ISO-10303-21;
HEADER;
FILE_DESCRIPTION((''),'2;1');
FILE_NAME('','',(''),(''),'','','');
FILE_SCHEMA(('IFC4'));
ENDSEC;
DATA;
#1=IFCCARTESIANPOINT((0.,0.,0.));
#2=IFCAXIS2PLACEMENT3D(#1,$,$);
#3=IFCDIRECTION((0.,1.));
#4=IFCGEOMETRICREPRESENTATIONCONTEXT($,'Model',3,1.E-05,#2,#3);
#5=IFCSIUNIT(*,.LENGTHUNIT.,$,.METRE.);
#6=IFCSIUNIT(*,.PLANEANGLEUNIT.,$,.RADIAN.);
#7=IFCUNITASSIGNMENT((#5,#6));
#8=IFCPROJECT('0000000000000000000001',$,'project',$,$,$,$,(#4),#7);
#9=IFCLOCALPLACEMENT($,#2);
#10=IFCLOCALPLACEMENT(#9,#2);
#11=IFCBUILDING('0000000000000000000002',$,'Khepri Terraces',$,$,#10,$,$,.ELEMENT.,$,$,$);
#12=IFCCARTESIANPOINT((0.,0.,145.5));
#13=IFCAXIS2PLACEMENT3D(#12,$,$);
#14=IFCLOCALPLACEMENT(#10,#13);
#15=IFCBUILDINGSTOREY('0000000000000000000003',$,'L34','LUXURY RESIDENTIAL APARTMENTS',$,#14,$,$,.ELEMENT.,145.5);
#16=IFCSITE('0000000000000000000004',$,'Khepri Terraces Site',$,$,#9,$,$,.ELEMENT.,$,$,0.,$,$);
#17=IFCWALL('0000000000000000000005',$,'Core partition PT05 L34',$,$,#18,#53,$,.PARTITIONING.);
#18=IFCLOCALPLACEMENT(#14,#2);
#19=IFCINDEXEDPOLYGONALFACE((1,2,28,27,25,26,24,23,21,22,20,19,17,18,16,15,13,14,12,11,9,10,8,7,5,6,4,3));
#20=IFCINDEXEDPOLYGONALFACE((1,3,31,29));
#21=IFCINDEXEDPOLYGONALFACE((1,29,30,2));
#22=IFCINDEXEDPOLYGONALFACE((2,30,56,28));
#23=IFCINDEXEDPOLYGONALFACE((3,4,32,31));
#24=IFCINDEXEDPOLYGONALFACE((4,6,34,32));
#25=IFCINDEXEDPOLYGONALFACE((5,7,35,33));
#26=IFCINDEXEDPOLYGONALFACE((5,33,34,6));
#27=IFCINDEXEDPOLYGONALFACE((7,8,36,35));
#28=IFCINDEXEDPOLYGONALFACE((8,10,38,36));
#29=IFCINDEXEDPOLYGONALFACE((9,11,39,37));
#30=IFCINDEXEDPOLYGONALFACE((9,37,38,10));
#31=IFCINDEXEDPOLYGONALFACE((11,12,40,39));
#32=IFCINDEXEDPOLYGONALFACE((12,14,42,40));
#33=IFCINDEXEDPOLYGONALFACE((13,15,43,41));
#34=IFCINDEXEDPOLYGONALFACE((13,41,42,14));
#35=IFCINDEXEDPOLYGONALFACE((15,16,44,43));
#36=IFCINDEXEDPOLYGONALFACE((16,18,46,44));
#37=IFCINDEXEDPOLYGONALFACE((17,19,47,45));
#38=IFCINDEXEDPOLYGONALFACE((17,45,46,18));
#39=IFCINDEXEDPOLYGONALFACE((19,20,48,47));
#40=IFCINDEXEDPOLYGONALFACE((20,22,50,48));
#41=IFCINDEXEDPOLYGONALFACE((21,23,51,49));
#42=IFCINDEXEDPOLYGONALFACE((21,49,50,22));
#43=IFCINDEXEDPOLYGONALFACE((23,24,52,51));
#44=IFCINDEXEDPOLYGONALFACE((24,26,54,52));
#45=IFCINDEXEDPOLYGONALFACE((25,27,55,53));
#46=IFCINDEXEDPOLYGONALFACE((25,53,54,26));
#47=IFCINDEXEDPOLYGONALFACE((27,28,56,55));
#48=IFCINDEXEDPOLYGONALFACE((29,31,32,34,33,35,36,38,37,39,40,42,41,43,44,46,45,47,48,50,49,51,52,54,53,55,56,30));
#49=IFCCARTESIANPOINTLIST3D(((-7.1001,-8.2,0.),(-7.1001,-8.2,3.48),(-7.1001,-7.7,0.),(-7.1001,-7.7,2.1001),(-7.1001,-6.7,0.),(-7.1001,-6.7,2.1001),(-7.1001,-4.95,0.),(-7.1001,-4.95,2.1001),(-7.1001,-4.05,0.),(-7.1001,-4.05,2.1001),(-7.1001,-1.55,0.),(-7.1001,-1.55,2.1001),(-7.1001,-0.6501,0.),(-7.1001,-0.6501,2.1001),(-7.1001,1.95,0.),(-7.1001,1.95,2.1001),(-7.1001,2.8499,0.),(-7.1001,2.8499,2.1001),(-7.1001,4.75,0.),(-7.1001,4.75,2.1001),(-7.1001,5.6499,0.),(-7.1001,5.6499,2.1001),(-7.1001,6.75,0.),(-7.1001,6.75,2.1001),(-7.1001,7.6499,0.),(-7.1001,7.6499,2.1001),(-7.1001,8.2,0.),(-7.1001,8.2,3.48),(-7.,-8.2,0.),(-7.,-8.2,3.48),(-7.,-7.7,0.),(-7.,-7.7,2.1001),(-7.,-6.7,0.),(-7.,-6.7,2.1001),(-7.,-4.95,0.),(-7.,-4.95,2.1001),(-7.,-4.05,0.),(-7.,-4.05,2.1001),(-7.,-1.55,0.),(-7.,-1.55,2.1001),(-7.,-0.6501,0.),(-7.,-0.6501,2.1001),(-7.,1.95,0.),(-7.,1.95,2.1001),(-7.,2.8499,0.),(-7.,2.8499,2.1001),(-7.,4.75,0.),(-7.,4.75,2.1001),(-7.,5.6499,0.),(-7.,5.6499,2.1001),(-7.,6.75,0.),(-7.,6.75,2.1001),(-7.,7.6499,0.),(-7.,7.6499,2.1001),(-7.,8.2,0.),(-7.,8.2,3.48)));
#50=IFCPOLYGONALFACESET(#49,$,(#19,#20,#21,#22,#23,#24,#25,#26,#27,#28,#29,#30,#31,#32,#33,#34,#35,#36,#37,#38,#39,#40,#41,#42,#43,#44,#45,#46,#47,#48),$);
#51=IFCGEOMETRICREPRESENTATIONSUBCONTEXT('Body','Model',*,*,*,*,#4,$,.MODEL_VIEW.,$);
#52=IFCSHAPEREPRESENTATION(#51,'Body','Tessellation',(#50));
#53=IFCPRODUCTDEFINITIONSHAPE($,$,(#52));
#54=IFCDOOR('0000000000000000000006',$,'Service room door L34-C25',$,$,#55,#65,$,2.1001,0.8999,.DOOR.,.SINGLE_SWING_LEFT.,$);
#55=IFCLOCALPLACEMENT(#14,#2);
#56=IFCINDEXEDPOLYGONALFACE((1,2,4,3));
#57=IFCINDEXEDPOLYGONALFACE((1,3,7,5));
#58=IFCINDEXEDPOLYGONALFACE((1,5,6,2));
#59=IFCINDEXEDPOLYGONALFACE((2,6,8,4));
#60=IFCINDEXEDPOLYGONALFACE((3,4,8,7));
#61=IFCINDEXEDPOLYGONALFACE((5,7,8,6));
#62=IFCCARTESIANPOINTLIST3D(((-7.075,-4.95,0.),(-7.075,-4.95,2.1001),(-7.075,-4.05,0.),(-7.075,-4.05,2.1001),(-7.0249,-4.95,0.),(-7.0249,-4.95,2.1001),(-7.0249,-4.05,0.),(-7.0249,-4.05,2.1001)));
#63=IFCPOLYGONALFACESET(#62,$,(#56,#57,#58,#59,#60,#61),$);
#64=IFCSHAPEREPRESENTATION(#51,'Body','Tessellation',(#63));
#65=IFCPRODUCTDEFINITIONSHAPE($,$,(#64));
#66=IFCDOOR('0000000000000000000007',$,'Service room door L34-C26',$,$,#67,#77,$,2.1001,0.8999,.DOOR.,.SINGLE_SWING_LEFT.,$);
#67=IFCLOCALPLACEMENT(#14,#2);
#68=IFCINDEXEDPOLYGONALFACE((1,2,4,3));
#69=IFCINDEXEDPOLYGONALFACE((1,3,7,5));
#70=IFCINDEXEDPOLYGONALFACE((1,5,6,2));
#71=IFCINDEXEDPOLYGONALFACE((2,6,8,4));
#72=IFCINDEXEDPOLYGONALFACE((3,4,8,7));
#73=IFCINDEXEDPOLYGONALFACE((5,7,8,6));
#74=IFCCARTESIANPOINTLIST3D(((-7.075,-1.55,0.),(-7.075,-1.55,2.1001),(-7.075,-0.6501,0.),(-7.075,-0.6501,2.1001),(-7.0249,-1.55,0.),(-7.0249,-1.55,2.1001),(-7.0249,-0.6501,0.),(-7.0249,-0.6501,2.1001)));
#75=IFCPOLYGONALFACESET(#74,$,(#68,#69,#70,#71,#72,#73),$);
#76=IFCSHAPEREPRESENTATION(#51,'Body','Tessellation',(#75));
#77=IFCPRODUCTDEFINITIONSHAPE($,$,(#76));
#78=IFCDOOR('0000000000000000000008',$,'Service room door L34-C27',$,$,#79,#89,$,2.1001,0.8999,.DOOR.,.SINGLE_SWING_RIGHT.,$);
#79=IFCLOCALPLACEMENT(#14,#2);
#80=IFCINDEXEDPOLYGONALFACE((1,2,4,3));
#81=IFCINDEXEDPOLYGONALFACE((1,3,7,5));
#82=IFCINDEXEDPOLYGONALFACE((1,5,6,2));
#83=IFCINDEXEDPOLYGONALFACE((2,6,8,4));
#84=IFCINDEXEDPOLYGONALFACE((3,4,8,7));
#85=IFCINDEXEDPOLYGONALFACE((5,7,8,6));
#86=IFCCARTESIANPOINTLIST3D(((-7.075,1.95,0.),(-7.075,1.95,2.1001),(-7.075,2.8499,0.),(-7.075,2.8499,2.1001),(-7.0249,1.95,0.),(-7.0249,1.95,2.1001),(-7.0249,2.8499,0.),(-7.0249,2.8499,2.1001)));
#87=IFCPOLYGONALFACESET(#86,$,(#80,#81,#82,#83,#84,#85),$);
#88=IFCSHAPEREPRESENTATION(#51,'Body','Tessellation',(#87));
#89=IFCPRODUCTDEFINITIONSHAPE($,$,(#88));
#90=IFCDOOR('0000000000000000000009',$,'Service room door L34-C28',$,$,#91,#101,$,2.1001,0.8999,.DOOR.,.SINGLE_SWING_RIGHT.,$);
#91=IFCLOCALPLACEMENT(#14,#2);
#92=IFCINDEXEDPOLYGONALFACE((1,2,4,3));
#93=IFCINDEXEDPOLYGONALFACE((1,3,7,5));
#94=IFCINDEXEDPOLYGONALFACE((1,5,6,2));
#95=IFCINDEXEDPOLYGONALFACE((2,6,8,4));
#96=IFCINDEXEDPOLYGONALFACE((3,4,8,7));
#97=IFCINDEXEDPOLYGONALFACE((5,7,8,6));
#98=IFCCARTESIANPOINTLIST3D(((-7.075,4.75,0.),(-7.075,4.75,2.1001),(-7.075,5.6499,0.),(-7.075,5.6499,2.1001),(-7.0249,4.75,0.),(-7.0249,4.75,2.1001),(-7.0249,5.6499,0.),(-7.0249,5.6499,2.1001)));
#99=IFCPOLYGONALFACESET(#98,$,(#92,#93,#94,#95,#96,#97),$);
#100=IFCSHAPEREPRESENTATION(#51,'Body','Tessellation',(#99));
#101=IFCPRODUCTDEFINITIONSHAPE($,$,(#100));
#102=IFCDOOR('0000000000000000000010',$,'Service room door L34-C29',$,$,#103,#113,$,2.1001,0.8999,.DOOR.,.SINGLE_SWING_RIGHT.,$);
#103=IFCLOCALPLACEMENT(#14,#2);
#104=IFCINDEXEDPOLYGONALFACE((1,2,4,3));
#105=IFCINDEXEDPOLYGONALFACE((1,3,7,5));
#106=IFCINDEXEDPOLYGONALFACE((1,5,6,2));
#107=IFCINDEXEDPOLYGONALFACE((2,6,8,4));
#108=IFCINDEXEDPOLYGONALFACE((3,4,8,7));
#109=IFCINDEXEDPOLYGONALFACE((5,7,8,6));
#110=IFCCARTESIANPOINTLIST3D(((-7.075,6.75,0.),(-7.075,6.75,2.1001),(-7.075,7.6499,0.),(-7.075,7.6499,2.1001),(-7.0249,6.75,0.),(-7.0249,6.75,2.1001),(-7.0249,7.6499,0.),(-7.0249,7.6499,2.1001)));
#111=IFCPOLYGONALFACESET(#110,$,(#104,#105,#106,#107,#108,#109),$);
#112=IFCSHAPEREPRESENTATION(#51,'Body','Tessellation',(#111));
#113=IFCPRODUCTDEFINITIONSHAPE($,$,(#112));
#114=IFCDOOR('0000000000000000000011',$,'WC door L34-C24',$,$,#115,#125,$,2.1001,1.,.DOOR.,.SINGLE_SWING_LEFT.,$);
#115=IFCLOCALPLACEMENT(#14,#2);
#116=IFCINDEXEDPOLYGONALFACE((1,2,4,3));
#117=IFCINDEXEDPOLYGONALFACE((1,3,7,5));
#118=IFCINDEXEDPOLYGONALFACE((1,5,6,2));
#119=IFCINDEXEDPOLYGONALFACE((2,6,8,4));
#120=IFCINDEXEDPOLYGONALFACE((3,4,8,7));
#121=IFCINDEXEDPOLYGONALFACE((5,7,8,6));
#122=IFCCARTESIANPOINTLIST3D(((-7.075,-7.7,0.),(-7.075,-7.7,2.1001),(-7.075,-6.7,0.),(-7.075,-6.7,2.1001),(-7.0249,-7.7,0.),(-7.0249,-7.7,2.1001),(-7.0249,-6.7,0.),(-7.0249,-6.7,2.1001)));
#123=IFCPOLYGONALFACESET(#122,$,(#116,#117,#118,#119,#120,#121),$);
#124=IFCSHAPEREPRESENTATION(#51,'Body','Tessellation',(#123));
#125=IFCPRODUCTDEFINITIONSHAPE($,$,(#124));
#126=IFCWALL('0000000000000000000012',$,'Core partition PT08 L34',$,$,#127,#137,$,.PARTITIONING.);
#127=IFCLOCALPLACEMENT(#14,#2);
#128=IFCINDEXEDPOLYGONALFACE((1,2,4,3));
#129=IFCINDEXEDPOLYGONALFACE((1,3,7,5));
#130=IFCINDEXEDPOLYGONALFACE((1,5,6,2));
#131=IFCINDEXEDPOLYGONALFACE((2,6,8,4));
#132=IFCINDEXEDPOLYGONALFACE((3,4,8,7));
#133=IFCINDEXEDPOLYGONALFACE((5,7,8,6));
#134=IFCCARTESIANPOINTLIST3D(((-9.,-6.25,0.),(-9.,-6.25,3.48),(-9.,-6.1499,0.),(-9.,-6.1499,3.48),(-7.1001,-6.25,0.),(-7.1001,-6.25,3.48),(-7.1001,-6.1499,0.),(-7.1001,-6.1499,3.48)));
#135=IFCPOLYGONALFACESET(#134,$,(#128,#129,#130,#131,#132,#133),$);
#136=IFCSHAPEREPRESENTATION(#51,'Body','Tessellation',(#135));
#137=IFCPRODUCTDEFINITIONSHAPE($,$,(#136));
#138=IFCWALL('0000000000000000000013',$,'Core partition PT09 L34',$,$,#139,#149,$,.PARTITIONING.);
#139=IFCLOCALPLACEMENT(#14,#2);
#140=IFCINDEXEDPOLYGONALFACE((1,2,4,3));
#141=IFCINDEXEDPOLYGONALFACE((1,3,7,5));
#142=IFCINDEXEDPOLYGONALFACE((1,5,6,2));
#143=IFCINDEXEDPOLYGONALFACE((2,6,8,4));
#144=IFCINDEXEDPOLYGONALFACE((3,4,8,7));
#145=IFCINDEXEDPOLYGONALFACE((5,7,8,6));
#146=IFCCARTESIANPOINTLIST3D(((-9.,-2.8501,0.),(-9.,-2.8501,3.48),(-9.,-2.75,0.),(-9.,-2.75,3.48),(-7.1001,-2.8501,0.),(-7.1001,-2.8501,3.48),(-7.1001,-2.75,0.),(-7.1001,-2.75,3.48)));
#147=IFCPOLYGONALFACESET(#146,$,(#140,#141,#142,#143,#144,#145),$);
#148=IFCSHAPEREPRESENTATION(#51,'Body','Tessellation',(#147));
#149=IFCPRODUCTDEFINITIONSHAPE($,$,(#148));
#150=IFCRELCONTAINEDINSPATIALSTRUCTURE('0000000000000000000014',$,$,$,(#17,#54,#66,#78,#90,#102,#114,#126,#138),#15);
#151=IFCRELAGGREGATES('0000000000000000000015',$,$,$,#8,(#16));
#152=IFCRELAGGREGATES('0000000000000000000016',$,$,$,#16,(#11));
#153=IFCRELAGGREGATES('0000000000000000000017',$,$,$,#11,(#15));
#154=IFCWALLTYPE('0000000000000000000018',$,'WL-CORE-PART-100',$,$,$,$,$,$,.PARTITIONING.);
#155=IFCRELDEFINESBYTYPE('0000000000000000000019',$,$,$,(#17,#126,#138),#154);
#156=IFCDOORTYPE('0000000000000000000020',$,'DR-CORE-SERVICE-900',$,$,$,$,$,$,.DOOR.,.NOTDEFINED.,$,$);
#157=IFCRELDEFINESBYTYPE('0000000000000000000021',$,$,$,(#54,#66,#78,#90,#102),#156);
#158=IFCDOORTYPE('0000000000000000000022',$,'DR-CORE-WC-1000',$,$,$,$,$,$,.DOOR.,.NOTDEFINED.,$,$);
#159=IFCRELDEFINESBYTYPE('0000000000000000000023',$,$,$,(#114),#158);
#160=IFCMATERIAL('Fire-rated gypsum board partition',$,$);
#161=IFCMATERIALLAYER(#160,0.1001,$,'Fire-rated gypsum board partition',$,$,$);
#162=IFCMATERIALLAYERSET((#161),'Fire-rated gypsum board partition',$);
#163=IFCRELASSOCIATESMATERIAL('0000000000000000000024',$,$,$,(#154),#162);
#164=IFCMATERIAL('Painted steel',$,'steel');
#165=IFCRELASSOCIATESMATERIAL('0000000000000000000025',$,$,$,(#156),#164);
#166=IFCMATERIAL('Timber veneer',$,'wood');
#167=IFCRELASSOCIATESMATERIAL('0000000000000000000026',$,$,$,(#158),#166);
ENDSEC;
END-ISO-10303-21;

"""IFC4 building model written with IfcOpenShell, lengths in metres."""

from ifc_helpers import new_model, si_unit, direction, frame, frame_2d, origin, place, context, subcontext, project, spatial, rectangle, extrude, material, layer, layer_set, type_object, element, fill, save


model = new_model("IFC4")

# Units and contexts
model_context = context("Model", 3, precision=1e-05, world=origin(), true_north=direction((0.0, 1.0)))
body_context = subcontext(model_context, "Body", "Model", "MODEL_VIEW")
ifc_project = project(units=[si_unit("LENGTHUNIT", "METRE"), si_unit("PLANEANGLEUNIT", "RADIAN")], contexts=[model_context])

# Site, building, storey
site_placement = place(None, origin())
site = spatial("IfcSite", under=ifc_project, at=site_placement, Name="Khepri Terraces Site", CompositionType="ELEMENT", RefElevation=0.0)
building_placement = place(site_placement, origin())
building = spatial("IfcBuilding", under=site, at=building_placement, Name="Khepri Terraces", CompositionType="ELEMENT")
storey_placement = place(building_placement, frame((0.0, 0.0, 145.5)))
storey = spatial("IfcBuildingStorey", under=building, at=storey_placement, Name="L34", Description="LUXURY RESIDENTIAL APARTMENTS", CompositionType="ELEMENT", Elevation=145.5)

# Shared definitions
ifc_material_1 = material(Name="Painted steel", Category="steel")

# Wall, openings, doors
ifc_material_2 = material(Name="Fire-rated gypsum board partition")
ifc_layer_1 = layer(ifc_material_2, 0.1001, Name="Fire-rated gypsum board partition")
ifc_layer_set_1 = layer_set([ifc_layer_1], Name="Fire-rated gypsum board partition")
wall_type_1 = type_object("IfcWallType", Name="WL-CORE-PART-100", PredefinedType="PARTITIONING", material=ifc_layer_set_1)
wall_1_placement = place(storey_placement, frame((-7.05, -8.2, 0.0), z_axis=(0.0, 0.0, 1.0), x_axis=(0.0, 1.0, 0.0)))
wall_1 = element("IfcWall", 1, at=wall_1_placement, inside=storey, type_object=wall_type_1, Name="Core partition PT05 L34", PredefinedType="PARTITIONING", context=body_context, shape_type="SweptSolid", body=[
    extrude(rectangle(XDim=16.3999, YDim=0.1001, at=frame_2d((8.2, 0.0))), origin(), (0.0, 0.0, 1.0), 3.48),
])
opening_1_placement = place(wall_1_placement, frame((0.5, 0.0, 0.0)))
opening_1 = element("IfcOpeningElement", 2, at=opening_1_placement, cuts=wall_1, PredefinedType="OPENING", context=body_context, shape_type="SweptSolid", body=[
    extrude(rectangle(XDim=1.0, YDim=2.1001, at=frame_2d((0.5, 1.05))), frame((0.0, 0.0601, 0.0), z_axis=(0.0, -1.0, 0.0), x_axis=(1.0, 0.0, 0.0)), (0.0, 0.0, 1.0), 0.1201),
])
opening_2_placement = place(wall_1_placement, frame((3.25, 0.0, 0.0)))
opening_2 = element("IfcOpeningElement", 3, at=opening_2_placement, cuts=wall_1, PredefinedType="OPENING", context=body_context, shape_type="SweptSolid", body=[
    extrude(rectangle(XDim=0.8999, YDim=2.1001, at=frame_2d((0.45, 1.05))), frame((0.0, 0.0601, 0.0), z_axis=(0.0, -1.0, 0.0), x_axis=(1.0, 0.0, 0.0)), (0.0, 0.0, 1.0), 0.1201),
])
opening_3_placement = place(wall_1_placement, frame((6.6499, 0.0, 0.0)))
opening_3 = element("IfcOpeningElement", 4, at=opening_3_placement, cuts=wall_1, PredefinedType="OPENING", context=body_context, shape_type="SweptSolid", body=[
    extrude(rectangle(XDim=0.8999, YDim=2.1001, at=frame_2d((0.45, 1.05))), frame((0.0, 0.0601, 0.0), z_axis=(0.0, -1.0, 0.0), x_axis=(1.0, 0.0, 0.0)), (0.0, 0.0, 1.0), 0.1201),
])
opening_4_placement = place(wall_1_placement, frame((10.1499, 0.0, 0.0)))
opening_4 = element("IfcOpeningElement", 5, at=opening_4_placement, cuts=wall_1, PredefinedType="OPENING", context=body_context, shape_type="SweptSolid", body=[
    extrude(rectangle(XDim=0.8999, YDim=2.1001, at=frame_2d((0.45, 1.05))), frame((0.0, 0.0601, 0.0), z_axis=(0.0, -1.0, 0.0), x_axis=(1.0, 0.0, 0.0)), (0.0, 0.0, 1.0), 0.1201),
])
opening_5_placement = place(wall_1_placement, frame((12.95, 0.0, 0.0)))
opening_5 = element("IfcOpeningElement", 6, at=opening_5_placement, cuts=wall_1, PredefinedType="OPENING", context=body_context, shape_type="SweptSolid", body=[
    extrude(rectangle(XDim=0.8999, YDim=2.1001, at=frame_2d((0.45, 1.05))), frame((0.0, 0.0601, 0.0), z_axis=(0.0, -1.0, 0.0), x_axis=(1.0, 0.0, 0.0)), (0.0, 0.0, 1.0), 0.1201),
])
opening_6_placement = place(wall_1_placement, frame((14.95, 0.0, 0.0)))
opening_6 = element("IfcOpeningElement", 7, at=opening_6_placement, cuts=wall_1, PredefinedType="OPENING", context=body_context, shape_type="SweptSolid", body=[
    extrude(rectangle(XDim=0.8999, YDim=2.1001, at=frame_2d((0.45, 1.05))), frame((0.0, 0.0601, 0.0), z_axis=(0.0, -1.0, 0.0), x_axis=(1.0, 0.0, 0.0)), (0.0, 0.0, 1.0), 0.1201),
])
door_type_1 = type_object("IfcDoorType", Name="DR-CORE-SERVICE-900", OperationType="NOTDEFINED", PredefinedType="DOOR", material=ifc_material_1)
door_1_placement = place(opening_2_placement, origin())
door_1 = element("IfcDoor", 8, at=door_1_placement, inside=storey, type_object=door_type_1, Name="Service room door L34-C25", OperationType="SINGLE_SWING_LEFT", OverallHeight=2.1001, OverallWidth=0.8999, PredefinedType="DOOR", context=body_context, shape_type="SweptSolid", body=[
    extrude(rectangle(XDim=0.8999, YDim=2.1001, at=frame_2d((0.45, 1.05))), frame((0.0, 0.0249, 0.0), z_axis=(0.0, -1.0, 0.0), x_axis=(1.0, 0.0, 0.0)), (0.0, 0.0, 1.0), 0.05),
])
fill(opening_2, door_1)
door_2_placement = place(opening_3_placement, origin())
door_2 = element("IfcDoor", 9, at=door_2_placement, inside=storey, type_object=door_type_1, Name="Service room door L34-C26", OperationType="SINGLE_SWING_LEFT", OverallHeight=2.1001, OverallWidth=0.8999, PredefinedType="DOOR", context=body_context, shape_type="SweptSolid", body=[
    extrude(rectangle(XDim=0.8999, YDim=2.1001, at=frame_2d((0.45, 1.05))), frame((0.0, 0.0249, 0.0), z_axis=(0.0, -1.0, 0.0), x_axis=(1.0, 0.0, 0.0)), (0.0, 0.0, 1.0), 0.05),
])
fill(opening_3, door_2)
door_3_placement = place(opening_4_placement, origin())
door_3 = element("IfcDoor", 10, at=door_3_placement, inside=storey, type_object=door_type_1, Name="Service room door L34-C27", OperationType="SINGLE_SWING_RIGHT", OverallHeight=2.1001, OverallWidth=0.8999, PredefinedType="DOOR", context=body_context, shape_type="SweptSolid", body=[
    extrude(rectangle(XDim=0.8999, YDim=2.1001, at=frame_2d((0.45, 1.05))), frame((0.0, 0.0249, 0.0), z_axis=(0.0, -1.0, 0.0), x_axis=(1.0, 0.0, 0.0)), (0.0, 0.0, 1.0), 0.05),
])
fill(opening_4, door_3)
door_4_placement = place(opening_5_placement, origin())
door_4 = element("IfcDoor", 11, at=door_4_placement, inside=storey, type_object=door_type_1, Name="Service room door L34-C28", OperationType="SINGLE_SWING_RIGHT", OverallHeight=2.1001, OverallWidth=0.8999, PredefinedType="DOOR", context=body_context, shape_type="SweptSolid", body=[
    extrude(rectangle(XDim=0.8999, YDim=2.1001, at=frame_2d((0.45, 1.05))), frame((0.0, 0.0249, 0.0), z_axis=(0.0, -1.0, 0.0), x_axis=(1.0, 0.0, 0.0)), (0.0, 0.0, 1.0), 0.05),
])
fill(opening_5, door_4)
door_5_placement = place(opening_6_placement, origin())
door_5 = element("IfcDoor", 12, at=door_5_placement, inside=storey, type_object=door_type_1, Name="Service room door L34-C29", OperationType="SINGLE_SWING_RIGHT", OverallHeight=2.1001, OverallWidth=0.8999, PredefinedType="DOOR", context=body_context, shape_type="SweptSolid", body=[
    extrude(rectangle(XDim=0.8999, YDim=2.1001, at=frame_2d((0.45, 1.05))), frame((0.0, 0.0249, 0.0), z_axis=(0.0, -1.0, 0.0), x_axis=(1.0, 0.0, 0.0)), (0.0, 0.0, 1.0), 0.05),
])
fill(opening_6, door_5)
ifc_material_3 = material(Name="Timber veneer", Category="wood")
door_type_2 = type_object("IfcDoorType", Name="DR-CORE-WC-1000", OperationType="NOTDEFINED", PredefinedType="DOOR", material=ifc_material_3)
door_6_placement = place(opening_1_placement, origin())
door_6 = element("IfcDoor", 13, at=door_6_placement, inside=storey, type_object=door_type_2, Name="WC door L34-C24", OperationType="SINGLE_SWING_LEFT", OverallHeight=2.1001, OverallWidth=1.0, PredefinedType="DOOR", context=body_context, shape_type="SweptSolid", body=[
    extrude(rectangle(XDim=1.0, YDim=2.1001, at=frame_2d((0.5, 1.05))), frame((0.0, 0.0249, 0.0), z_axis=(0.0, -1.0, 0.0), x_axis=(1.0, 0.0, 0.0)), (0.0, 0.0, 1.0), 0.05),
])
fill(opening_1, door_6)

# Walls
for number, where, z_axis, x_axis, name in (
    (14, (-9.0, -6.2, 0.0), (0.0, 0.0, 1.0), (1.0, 0.0, 0.0), "Core partition PT08 L34"),
    (15, (-9.0, -2.8, 0.0), (0.0, 0.0, 1.0), (1.0, 0.0, 0.0), "Core partition PT09 L34"),
):
    element("IfcWall", number, at=place(storey_placement, frame(where, z_axis=z_axis, x_axis=x_axis)), inside=storey, type_object=wall_type_1, Name=name, PredefinedType="PARTITIONING", context=body_context, shape_type="SweptSolid", body=[
        extrude(rectangle(XDim=1.8999, YDim=0.1001, at=frame_2d((0.95, 0.0))), origin(), (0.0, 0.0, 1.0), 3.48),
    ])

save(model, "model.ifc")
